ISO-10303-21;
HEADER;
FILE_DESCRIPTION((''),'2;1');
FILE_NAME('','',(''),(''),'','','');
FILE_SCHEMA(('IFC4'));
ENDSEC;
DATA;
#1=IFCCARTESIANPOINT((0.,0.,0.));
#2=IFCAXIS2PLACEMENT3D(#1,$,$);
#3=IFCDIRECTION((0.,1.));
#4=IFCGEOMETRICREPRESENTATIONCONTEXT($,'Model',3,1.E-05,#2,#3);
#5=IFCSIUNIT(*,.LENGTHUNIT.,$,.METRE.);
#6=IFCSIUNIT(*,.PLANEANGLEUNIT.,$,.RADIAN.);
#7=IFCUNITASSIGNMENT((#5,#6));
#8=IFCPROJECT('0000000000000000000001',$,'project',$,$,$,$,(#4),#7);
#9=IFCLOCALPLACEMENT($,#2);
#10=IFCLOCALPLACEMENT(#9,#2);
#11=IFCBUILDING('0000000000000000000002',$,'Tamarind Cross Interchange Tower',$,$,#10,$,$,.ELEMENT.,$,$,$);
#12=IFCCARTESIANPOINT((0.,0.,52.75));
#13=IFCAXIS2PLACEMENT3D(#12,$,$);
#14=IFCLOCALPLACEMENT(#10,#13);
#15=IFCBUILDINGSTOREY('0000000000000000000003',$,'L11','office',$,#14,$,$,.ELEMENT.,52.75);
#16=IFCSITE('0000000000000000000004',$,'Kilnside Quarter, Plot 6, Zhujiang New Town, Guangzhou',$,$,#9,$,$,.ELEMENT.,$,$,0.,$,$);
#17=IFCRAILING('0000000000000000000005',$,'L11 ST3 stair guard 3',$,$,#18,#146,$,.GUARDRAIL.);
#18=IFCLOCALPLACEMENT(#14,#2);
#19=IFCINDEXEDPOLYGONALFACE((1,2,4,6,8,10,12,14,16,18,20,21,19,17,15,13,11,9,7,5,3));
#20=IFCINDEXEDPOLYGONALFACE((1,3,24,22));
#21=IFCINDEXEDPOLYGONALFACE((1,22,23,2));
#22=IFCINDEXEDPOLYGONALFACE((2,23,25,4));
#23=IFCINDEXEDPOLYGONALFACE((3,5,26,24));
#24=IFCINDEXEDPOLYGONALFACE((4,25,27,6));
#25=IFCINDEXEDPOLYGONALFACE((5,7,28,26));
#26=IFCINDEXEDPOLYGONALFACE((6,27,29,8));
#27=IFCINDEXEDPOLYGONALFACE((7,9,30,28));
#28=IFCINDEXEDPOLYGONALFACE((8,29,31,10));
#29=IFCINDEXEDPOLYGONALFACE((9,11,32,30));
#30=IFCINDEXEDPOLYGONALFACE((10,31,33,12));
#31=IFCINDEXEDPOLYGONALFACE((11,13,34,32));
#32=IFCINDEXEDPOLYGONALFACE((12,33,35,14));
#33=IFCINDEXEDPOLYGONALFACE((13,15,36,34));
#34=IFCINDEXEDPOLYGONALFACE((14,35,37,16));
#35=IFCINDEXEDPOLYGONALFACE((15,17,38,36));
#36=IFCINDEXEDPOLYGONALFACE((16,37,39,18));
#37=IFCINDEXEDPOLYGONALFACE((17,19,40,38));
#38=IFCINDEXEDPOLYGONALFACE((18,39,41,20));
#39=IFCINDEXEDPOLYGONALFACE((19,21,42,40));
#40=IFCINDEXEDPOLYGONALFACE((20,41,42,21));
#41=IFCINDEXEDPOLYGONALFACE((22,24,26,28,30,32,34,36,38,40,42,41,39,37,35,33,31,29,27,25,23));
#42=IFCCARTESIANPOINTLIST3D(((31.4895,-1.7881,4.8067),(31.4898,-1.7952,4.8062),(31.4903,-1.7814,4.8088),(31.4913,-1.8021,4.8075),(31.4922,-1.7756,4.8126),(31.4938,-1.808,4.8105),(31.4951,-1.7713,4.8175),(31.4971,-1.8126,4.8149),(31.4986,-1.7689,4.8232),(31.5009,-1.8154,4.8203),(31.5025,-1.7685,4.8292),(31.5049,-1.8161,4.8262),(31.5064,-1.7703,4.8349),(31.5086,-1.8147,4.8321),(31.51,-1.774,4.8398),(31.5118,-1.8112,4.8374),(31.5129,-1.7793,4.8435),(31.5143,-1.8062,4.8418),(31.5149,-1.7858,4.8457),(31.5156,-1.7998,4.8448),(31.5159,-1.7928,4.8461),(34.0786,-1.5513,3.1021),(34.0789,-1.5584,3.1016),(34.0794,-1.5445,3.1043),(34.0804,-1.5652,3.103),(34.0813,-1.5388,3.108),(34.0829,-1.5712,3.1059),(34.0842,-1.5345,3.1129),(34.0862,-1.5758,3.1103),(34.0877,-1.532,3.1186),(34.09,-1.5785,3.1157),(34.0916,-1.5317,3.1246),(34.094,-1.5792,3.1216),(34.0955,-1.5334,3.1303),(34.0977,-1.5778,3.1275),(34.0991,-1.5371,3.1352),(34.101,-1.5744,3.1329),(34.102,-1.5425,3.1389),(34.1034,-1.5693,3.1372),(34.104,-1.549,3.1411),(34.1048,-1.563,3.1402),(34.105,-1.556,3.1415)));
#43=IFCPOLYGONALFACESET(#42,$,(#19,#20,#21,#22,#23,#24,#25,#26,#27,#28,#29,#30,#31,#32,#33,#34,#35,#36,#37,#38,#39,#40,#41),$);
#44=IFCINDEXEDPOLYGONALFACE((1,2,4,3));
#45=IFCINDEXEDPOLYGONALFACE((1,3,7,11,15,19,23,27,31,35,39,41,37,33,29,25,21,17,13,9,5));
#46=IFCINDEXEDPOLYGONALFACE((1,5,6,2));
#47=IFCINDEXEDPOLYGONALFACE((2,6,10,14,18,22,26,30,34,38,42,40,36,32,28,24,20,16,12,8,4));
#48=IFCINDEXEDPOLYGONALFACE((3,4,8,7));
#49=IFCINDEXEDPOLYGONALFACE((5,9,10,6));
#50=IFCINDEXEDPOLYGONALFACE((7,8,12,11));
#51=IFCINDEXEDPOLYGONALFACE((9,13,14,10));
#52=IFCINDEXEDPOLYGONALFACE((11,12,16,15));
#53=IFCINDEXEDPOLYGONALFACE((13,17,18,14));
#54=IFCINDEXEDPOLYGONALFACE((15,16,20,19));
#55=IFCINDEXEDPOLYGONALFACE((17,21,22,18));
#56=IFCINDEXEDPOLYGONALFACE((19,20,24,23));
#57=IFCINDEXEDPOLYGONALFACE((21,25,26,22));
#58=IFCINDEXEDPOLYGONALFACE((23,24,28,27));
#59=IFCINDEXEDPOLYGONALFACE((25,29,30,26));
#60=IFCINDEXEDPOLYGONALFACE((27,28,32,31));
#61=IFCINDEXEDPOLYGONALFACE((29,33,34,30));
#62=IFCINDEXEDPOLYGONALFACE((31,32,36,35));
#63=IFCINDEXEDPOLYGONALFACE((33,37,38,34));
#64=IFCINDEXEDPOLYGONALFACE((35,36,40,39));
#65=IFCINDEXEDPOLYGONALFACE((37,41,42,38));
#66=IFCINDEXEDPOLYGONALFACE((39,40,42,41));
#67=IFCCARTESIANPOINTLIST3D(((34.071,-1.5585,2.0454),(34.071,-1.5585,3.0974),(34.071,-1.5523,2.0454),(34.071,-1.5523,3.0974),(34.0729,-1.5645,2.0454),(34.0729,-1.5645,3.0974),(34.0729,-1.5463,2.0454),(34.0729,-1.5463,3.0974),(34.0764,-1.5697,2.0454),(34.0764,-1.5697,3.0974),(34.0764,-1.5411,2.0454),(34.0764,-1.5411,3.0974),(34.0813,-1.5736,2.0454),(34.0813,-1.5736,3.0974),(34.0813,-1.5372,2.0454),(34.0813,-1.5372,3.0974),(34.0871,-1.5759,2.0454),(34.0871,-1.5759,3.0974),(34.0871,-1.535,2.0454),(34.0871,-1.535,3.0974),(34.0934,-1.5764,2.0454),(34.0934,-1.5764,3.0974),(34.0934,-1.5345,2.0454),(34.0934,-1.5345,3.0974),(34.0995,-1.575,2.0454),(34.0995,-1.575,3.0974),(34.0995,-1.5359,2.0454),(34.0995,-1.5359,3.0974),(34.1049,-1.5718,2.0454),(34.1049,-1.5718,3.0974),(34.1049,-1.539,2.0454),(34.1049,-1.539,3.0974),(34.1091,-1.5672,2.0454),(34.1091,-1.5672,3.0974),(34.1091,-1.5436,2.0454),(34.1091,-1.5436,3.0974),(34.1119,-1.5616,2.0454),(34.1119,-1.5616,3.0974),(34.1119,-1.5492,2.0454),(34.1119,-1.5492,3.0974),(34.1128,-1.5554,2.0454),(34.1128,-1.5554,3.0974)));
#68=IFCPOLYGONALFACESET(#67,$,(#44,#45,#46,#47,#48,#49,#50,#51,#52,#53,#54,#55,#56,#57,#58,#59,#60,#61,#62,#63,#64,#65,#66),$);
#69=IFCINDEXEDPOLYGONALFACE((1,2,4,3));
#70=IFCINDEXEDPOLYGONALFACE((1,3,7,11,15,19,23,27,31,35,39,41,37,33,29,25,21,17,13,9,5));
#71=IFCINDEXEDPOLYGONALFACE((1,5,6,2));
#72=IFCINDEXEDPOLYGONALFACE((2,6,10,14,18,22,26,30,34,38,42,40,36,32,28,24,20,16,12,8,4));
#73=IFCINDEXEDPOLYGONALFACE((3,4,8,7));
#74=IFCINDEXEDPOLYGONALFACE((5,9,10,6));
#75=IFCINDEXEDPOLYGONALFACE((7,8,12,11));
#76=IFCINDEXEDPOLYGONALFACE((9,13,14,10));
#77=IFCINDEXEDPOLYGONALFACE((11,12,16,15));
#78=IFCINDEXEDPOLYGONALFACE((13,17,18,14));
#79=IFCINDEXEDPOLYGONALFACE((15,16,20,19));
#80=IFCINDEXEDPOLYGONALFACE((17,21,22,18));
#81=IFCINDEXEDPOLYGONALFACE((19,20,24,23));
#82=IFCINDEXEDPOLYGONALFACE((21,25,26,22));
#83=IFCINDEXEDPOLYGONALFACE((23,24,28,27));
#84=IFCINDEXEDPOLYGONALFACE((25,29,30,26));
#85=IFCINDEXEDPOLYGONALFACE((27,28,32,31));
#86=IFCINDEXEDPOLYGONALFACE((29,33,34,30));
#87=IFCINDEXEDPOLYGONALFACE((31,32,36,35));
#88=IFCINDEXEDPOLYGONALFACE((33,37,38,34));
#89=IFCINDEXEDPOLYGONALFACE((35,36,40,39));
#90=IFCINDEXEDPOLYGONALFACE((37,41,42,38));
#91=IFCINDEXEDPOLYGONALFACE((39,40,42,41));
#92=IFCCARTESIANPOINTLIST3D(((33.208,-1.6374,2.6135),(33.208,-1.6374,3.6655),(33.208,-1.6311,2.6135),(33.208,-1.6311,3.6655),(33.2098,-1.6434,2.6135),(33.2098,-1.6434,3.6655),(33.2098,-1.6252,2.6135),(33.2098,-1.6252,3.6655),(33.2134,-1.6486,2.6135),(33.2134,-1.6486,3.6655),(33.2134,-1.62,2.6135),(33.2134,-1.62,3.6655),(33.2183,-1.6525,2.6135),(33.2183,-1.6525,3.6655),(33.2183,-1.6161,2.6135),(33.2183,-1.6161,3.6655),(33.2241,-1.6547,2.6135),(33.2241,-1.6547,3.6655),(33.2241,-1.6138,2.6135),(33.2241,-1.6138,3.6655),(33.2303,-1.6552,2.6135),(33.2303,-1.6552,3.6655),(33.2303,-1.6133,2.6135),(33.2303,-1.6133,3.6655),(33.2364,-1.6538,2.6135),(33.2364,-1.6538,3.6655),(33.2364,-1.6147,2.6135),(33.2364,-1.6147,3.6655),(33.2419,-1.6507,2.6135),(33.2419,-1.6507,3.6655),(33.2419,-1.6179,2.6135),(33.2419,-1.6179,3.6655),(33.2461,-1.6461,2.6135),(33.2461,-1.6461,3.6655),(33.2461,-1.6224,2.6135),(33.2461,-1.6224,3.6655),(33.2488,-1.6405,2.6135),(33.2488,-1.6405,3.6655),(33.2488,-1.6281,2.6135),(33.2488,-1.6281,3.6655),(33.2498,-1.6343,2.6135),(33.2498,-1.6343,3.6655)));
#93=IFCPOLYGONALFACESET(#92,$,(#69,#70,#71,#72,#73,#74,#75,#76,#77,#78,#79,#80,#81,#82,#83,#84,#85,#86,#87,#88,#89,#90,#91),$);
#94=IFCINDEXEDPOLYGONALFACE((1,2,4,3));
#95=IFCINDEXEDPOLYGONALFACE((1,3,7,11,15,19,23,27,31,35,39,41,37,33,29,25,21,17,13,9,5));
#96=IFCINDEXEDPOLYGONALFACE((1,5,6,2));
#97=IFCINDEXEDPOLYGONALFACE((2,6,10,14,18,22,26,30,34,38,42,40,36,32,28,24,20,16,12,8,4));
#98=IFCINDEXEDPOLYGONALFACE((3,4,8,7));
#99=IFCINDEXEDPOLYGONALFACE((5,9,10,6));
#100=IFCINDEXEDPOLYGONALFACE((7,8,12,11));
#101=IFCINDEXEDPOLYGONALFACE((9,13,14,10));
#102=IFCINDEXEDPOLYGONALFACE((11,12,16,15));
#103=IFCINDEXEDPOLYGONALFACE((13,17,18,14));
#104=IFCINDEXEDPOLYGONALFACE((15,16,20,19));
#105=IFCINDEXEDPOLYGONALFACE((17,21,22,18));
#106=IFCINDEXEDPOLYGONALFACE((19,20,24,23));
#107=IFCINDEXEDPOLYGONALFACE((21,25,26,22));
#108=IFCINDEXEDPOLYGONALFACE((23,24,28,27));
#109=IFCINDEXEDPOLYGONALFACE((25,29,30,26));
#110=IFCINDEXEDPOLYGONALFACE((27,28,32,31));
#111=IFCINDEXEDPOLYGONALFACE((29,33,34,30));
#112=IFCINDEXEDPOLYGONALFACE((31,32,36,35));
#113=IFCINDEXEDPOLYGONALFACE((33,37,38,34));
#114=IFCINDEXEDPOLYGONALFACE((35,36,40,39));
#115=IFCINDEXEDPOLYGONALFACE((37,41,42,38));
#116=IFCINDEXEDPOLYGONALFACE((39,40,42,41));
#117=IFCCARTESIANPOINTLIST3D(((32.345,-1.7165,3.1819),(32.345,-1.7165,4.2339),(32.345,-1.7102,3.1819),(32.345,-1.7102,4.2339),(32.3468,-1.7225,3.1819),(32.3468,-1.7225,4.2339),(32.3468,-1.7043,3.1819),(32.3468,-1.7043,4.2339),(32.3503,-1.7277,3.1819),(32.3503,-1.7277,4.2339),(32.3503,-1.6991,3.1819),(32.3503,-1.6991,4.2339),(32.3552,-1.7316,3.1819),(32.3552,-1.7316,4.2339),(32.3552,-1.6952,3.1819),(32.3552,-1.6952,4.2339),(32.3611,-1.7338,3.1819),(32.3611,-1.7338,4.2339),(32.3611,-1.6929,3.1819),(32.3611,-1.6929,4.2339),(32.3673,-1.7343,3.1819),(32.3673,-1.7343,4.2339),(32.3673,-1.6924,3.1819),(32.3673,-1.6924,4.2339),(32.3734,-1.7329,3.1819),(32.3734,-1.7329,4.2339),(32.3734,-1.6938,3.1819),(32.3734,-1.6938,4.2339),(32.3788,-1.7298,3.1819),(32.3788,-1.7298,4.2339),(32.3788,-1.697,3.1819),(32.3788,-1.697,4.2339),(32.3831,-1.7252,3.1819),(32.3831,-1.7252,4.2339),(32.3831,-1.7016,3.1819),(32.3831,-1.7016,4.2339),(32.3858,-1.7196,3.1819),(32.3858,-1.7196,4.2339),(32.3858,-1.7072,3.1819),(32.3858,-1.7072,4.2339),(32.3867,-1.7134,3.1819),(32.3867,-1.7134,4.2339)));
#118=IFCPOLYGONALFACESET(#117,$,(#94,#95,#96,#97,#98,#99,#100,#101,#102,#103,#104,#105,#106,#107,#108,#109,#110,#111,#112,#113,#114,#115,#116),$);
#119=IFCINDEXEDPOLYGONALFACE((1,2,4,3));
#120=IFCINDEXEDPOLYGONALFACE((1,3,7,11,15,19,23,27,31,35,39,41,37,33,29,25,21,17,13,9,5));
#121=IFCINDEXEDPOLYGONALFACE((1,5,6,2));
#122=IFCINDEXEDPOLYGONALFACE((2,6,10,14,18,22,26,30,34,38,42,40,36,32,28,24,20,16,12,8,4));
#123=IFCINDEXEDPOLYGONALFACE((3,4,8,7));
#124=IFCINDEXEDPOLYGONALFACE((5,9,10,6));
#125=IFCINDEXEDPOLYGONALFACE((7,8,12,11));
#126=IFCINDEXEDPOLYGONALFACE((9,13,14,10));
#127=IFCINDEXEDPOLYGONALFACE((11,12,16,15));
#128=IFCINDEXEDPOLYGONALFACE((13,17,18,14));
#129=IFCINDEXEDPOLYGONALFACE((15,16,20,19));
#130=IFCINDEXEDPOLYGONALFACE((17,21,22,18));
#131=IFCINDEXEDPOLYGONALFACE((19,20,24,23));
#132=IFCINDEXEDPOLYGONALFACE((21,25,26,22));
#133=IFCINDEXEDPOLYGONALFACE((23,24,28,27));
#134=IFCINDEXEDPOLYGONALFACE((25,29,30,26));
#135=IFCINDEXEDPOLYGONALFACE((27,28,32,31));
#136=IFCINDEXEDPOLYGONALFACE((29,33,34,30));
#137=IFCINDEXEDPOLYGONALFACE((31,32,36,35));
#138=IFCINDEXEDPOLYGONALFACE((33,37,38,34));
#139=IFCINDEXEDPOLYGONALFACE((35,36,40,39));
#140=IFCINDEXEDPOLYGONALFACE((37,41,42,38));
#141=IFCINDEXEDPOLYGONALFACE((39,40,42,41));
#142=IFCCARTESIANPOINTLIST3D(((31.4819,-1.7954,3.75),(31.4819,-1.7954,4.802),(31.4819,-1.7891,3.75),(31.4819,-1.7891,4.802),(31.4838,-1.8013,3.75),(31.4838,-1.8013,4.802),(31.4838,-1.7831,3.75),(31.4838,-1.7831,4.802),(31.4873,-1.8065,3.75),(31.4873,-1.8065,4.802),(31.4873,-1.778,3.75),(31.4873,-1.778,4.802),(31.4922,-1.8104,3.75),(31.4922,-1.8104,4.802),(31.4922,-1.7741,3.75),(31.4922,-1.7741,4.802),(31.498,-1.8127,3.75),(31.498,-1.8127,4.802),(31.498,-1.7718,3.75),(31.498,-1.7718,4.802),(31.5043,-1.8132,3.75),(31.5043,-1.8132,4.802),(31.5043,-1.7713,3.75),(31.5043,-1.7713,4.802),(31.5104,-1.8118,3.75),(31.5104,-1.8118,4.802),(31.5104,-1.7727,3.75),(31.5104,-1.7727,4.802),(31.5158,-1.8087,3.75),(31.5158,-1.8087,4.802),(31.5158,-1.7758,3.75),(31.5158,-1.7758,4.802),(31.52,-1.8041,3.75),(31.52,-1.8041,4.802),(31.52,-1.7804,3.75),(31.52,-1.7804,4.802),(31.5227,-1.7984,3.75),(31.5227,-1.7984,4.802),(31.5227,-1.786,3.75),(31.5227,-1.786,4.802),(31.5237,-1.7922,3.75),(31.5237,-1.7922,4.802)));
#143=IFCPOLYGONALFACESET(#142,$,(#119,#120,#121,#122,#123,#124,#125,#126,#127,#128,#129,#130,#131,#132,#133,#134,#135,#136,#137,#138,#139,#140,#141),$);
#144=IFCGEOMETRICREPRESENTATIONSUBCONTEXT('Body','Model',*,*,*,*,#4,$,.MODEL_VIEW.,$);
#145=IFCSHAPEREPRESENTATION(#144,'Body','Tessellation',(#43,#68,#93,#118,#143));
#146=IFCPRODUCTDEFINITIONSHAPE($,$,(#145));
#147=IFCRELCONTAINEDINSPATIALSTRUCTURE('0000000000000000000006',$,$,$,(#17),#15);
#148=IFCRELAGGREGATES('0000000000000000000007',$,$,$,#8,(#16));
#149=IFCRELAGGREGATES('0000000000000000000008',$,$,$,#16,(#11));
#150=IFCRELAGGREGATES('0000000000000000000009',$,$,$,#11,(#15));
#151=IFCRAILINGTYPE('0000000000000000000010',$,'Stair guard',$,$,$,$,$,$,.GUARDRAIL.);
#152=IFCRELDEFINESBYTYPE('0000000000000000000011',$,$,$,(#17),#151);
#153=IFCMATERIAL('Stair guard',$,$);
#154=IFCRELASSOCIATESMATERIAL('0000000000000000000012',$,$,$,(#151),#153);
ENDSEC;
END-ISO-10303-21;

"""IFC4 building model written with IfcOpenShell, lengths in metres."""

from ifc_helpers import new_model, si_unit, direction, frame, origin, origin_2d, place, context, subcontext, project, spatial, circle, extrude, material, type_object, element, save


model = new_model("IFC4")

# Units and contexts
model_context = context("Model", 3, precision=1e-05, world=origin(), true_north=direction((0.0, 1.0)))
body_context = subcontext(model_context, "Body", "Model", "MODEL_VIEW")
ifc_project = project(units=[si_unit("LENGTHUNIT", "METRE"), si_unit("PLANEANGLEUNIT", "RADIAN")], contexts=[model_context])

# Site, building, storey
site_placement = place(None, origin())
site = spatial("IfcSite", under=ifc_project, at=site_placement, Name="Kilnside Quarter, Plot 6, Zhujiang New Town, Guangzhou", CompositionType="ELEMENT", RefElevation=0.0)
building_placement = place(site_placement, origin())
building = spatial("IfcBuilding", under=site, at=building_placement, Name="Tamarind Cross Interchange Tower", CompositionType="ELEMENT")
storey_placement = place(building_placement, frame((0.0, 0.0, 52.75)))
storey = spatial("IfcBuildingStorey", under=building, at=storey_placement, Name="L11", Description="office", CompositionType="ELEMENT", Elevation=52.75)

# Railing
ifc_material_1 = material(Name="Stair guard")
railing_type_1 = type_object("IfcRailingType", Name="Stair guard", PredefinedType="GUARDRAIL", material=ifc_material_1)
railing_1_placement = place(storey_placement, frame((34.0918, -1.5554, 2.0454)))
element("IfcRailing", 1, at=railing_1_placement, inside=storey, type_object=railing_type_1, Name="L11 ST3 stair guard 3", PredefinedType="GUARDRAIL", context=body_context, shape_type="SweptSolid", body=[
    extrude(circle(Radius=0.0239, at=origin_2d()), frame((0.0, 0.0, 1.0762), z_axis=(-0.832809, -0.076174, 0.548295), x_axis=(0.091086, -0.995843, 0.0)), (0.0, 0.0, 1.0), 3.1089),
    extrude(circle(Radius=0.021, at=origin_2d()), origin(), (0.0, 0.0, 1.0), 1.052),
    extrude(circle(Radius=0.021, at=origin_2d()), frame((-0.863, -0.0789, 0.5681)), (0.0, 0.0, 1.0), 1.052),
    extrude(circle(Radius=0.021, at=origin_2d()), frame((-1.7261, -0.158, 1.1365)), (0.0, 0.0, 1.0), 1.052),
    extrude(circle(Radius=0.021, at=origin_2d()), frame((-2.5891, -0.2368, 1.7046)), (0.0, 0.0, 1.0), 1.052),
])

save(model, "model.ifc")
